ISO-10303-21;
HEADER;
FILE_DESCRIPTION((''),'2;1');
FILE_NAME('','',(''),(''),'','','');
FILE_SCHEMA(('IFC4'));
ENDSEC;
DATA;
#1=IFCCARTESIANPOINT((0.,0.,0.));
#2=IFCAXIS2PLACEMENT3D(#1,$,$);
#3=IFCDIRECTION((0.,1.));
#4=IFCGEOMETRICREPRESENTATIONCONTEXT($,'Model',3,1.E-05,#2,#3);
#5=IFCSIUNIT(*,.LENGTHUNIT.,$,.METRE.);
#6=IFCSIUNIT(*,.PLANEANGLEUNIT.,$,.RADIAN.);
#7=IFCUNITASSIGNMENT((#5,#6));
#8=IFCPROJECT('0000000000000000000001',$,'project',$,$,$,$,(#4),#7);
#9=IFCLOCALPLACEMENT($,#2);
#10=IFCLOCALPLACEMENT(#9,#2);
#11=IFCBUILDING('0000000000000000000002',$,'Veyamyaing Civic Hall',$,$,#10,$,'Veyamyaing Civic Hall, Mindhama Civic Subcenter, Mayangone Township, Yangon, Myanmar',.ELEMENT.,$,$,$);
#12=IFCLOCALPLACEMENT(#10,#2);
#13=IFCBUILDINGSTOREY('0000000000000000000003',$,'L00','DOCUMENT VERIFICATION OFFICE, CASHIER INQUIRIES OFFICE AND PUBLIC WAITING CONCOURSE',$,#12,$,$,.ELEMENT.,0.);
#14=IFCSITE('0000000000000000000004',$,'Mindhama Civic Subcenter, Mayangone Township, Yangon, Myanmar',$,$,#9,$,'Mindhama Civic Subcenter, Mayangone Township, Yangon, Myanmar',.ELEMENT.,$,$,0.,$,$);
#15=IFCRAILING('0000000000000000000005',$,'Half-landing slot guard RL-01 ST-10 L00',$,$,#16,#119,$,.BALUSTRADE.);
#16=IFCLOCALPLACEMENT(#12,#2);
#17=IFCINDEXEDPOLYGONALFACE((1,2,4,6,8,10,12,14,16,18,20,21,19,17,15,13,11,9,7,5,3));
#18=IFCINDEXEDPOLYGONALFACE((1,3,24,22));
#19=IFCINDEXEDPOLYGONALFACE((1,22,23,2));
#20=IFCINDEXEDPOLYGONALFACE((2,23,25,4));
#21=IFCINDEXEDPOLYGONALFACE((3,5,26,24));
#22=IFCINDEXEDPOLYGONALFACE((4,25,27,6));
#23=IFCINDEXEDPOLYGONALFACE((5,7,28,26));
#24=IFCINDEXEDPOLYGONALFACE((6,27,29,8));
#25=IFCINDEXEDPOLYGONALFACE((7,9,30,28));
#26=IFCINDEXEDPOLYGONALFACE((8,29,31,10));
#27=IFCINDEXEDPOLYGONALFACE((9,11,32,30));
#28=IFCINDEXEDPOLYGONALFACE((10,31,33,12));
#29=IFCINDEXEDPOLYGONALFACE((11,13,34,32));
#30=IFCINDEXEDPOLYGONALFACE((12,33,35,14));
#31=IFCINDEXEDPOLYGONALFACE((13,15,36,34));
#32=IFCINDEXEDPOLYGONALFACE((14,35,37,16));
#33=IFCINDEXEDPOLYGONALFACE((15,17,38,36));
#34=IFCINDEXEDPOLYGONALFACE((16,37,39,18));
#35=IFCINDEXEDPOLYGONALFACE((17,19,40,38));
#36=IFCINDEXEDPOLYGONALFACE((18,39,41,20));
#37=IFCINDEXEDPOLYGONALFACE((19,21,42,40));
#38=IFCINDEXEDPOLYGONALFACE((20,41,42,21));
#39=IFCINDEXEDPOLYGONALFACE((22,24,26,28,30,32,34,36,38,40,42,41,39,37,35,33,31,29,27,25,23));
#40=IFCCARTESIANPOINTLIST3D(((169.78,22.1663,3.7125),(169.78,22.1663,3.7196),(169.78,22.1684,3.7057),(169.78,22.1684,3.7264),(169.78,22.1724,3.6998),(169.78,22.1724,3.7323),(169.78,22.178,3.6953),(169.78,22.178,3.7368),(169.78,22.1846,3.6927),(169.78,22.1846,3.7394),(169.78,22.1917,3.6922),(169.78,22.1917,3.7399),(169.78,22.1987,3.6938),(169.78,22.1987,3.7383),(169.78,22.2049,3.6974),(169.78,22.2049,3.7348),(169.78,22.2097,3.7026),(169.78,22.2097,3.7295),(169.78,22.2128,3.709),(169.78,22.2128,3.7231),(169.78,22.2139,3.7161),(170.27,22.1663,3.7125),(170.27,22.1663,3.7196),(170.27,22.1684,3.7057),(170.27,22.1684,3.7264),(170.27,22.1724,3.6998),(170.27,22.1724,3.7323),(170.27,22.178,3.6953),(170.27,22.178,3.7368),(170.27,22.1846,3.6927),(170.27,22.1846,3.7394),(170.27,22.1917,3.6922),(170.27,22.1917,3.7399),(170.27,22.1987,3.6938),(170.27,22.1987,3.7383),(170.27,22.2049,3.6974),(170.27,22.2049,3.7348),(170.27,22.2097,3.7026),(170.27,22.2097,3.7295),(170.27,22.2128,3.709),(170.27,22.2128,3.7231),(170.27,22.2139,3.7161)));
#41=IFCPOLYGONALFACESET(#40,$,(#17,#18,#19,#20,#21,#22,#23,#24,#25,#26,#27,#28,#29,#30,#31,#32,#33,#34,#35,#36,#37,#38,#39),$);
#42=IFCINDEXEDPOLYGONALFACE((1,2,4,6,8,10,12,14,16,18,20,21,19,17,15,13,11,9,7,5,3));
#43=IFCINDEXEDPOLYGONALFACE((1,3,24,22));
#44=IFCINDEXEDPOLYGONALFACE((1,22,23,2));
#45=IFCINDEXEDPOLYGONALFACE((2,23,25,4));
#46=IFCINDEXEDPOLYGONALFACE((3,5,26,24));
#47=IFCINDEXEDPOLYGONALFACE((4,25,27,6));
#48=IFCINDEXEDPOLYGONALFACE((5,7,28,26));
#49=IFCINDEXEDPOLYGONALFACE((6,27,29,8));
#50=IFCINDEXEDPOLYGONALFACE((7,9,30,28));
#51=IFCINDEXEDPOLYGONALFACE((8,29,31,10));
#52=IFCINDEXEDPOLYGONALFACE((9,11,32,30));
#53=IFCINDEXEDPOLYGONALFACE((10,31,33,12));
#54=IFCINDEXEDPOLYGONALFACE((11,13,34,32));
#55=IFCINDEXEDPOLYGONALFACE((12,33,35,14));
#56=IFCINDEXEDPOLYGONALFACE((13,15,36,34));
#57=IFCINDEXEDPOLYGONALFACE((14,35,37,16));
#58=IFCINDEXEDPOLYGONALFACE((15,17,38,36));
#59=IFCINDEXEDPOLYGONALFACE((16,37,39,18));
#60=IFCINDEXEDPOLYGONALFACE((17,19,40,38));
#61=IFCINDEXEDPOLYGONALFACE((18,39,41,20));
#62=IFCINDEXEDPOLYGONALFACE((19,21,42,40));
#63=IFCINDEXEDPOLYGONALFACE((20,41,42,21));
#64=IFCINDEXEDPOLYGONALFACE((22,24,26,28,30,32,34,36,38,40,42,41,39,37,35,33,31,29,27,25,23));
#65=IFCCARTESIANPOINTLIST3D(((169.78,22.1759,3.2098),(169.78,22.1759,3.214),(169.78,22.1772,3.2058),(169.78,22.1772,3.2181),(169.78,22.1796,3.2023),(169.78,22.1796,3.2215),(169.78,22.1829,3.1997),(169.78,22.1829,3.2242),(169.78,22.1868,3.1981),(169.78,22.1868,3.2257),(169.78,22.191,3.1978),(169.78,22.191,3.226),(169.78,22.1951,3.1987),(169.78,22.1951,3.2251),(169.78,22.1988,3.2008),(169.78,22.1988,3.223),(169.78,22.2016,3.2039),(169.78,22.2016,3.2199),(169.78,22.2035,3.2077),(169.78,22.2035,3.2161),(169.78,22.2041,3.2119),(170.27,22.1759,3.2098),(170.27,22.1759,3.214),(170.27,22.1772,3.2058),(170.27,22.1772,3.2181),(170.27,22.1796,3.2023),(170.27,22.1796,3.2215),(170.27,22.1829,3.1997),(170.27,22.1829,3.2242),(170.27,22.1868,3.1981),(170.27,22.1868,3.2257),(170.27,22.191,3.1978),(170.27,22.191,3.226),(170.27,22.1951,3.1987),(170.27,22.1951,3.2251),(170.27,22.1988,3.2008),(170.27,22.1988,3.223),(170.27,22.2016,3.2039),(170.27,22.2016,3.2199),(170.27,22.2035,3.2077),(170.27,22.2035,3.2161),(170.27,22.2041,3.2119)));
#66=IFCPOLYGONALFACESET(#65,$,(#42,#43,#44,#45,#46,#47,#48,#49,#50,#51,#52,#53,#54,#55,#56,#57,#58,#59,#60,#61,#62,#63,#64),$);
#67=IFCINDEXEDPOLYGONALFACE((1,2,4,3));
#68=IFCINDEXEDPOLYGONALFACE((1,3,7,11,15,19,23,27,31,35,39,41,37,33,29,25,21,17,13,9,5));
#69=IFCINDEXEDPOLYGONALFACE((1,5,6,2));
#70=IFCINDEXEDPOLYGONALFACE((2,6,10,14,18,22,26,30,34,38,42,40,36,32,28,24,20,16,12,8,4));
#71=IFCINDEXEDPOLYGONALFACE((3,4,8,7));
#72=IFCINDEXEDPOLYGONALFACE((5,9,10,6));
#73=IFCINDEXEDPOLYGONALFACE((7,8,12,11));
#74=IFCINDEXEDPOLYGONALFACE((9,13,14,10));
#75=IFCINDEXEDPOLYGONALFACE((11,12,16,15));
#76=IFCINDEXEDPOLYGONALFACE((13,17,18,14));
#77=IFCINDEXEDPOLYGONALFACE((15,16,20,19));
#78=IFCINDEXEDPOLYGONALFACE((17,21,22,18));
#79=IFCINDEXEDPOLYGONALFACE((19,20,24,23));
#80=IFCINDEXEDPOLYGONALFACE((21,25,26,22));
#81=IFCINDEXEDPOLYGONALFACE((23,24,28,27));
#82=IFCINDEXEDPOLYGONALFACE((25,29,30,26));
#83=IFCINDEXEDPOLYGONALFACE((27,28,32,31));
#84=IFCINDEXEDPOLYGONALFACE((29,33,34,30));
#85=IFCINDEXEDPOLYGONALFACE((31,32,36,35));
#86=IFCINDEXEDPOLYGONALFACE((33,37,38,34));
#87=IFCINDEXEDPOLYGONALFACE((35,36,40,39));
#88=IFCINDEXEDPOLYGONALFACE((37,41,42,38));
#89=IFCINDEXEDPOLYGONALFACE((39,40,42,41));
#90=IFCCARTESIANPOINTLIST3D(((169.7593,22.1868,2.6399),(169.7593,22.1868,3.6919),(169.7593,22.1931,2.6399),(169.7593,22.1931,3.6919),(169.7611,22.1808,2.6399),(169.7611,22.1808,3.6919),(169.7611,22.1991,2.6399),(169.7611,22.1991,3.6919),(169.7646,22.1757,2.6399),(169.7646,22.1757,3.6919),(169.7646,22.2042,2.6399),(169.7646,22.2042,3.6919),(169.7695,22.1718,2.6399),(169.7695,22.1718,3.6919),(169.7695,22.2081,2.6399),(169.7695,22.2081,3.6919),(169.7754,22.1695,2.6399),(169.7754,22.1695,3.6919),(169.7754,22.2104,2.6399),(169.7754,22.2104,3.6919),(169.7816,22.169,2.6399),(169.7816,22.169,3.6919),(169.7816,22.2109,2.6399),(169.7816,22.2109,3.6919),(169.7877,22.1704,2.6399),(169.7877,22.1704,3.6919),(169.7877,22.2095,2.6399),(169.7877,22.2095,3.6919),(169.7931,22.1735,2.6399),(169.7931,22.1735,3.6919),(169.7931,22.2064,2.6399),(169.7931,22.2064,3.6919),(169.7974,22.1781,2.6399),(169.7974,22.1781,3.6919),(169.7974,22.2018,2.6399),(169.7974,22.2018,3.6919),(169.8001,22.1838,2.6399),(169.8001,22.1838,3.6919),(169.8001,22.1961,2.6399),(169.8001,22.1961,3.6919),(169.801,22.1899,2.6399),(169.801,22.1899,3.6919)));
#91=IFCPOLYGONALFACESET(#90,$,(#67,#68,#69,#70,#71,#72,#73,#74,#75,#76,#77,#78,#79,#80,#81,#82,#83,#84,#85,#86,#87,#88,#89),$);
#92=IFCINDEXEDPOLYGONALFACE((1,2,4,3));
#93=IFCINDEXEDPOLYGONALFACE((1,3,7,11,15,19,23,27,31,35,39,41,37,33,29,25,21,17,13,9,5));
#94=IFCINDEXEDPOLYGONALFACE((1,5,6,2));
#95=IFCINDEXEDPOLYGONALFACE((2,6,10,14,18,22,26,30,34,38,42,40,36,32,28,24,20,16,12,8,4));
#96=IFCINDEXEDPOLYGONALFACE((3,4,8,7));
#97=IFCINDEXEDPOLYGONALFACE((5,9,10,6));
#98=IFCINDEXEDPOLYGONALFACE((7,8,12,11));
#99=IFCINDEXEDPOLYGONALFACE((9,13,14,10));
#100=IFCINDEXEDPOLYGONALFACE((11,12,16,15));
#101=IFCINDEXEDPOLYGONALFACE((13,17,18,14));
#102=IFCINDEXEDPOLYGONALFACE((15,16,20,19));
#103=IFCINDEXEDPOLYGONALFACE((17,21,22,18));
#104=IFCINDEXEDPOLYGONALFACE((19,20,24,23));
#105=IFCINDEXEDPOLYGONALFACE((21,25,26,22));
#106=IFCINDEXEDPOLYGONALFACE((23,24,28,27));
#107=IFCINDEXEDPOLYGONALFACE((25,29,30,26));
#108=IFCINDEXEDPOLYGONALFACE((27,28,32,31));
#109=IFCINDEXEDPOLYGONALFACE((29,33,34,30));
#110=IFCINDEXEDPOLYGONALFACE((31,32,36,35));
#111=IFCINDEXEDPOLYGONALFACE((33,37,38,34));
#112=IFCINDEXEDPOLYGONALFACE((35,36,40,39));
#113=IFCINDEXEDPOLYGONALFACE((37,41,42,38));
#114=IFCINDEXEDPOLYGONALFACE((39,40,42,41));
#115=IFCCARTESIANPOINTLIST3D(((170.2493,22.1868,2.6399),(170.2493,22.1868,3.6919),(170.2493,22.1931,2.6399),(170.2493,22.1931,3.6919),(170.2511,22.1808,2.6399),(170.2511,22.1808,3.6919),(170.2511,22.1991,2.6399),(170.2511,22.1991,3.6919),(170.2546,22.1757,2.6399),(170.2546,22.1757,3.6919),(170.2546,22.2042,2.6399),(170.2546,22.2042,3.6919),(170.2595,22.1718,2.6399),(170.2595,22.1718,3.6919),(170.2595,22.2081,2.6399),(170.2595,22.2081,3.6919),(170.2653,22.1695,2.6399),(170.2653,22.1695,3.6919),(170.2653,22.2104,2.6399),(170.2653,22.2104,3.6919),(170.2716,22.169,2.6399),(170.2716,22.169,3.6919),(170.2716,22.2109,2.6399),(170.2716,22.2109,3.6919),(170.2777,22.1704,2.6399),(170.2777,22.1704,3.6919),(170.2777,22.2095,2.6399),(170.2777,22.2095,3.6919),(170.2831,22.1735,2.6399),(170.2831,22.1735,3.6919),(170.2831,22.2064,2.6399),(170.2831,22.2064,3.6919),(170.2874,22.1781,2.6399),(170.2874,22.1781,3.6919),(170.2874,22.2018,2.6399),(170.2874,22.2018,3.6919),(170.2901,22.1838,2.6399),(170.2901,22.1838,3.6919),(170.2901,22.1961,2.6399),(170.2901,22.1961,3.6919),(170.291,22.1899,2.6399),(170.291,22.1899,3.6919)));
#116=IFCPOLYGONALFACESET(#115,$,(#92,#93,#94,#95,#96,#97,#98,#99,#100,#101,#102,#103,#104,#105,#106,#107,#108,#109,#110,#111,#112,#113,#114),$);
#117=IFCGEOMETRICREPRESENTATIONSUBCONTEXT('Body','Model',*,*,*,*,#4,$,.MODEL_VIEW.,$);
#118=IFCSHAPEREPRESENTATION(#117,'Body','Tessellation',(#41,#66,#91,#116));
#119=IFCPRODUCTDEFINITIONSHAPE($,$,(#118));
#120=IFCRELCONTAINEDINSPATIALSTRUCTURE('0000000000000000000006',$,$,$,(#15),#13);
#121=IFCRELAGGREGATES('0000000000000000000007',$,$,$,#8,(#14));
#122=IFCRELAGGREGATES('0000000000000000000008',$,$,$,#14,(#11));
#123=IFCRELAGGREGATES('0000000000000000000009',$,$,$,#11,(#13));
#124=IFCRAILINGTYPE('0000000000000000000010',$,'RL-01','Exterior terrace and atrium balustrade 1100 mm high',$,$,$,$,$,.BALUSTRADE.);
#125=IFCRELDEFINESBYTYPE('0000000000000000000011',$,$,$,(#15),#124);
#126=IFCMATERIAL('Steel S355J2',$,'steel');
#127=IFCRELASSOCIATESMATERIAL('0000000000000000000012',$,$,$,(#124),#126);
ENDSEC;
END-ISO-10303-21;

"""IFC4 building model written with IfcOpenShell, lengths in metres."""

from ifc_helpers import new_model, si_unit, direction, frame, origin, origin_2d, place, context, subcontext, project, spatial, circle, extrude, material, type_object, element, save


model = new_model("IFC4")

# Units and contexts
model_context = context("Model", 3, precision=1e-05, world=origin(), true_north=direction((0.0, 1.0)))
body_context = subcontext(model_context, "Body", "Model", "MODEL_VIEW")
ifc_project = project(units=[si_unit("LENGTHUNIT", "METRE"), si_unit("PLANEANGLEUNIT", "RADIAN")], contexts=[model_context])

# Site, building, storey
site_placement = place(None, origin())
site = spatial("IfcSite", under=ifc_project, at=site_placement, Name="Mindhama Civic Subcenter, Mayangone Township, Yangon, Myanmar", LongName="Mindhama Civic Subcenter, Mayangone Township, Yangon, Myanmar", CompositionType="ELEMENT", RefElevation=0.0)
building_placement = place(site_placement, origin())
building = spatial("IfcBuilding", under=site, at=building_placement, Name="Veyamyaing Civic Hall", LongName="Veyamyaing Civic Hall, Mindhama Civic Subcenter, Mayangone Township, Yangon, Myanmar", CompositionType="ELEMENT")
storey_placement = place(building_placement, origin())
storey = spatial("IfcBuildingStorey", under=building, at=storey_placement, Name="L00", Description="DOCUMENT VERIFICATION OFFICE, CASHIER INQUIRIES OFFICE AND PUBLIC WAITING CONCOURSE", CompositionType="ELEMENT", Elevation=0.0)

# Railing
ifc_material_1 = material(Name="Steel S355J2", Category="steel")
railing_type_1 = type_object("IfcRailingType", Name="RL-01", Description="Exterior terrace and atrium balustrade 1100 mm high", PredefinedType="BALUSTRADE", material=ifc_material_1)
railing_1_placement = place(storey_placement, frame((169.78, 22.1899, 2.6399)))
element("IfcRailing", 1, at=railing_1_placement, inside=storey, type_object=railing_type_1, Name="Half-landing slot guard RL-01 ST-10 L00", PredefinedType="BALUSTRADE", context=body_context, shape_type="SweptSolid", body=[
    extrude(circle(Radius=0.0239, at=origin_2d()), frame((0.0, 0.0, 1.0762), z_axis=(1.0, 0.0, 0.0), x_axis=(0.0, 1.0, 0.0)), (0.0, 0.0, 1.0), 0.49),
    extrude(circle(Radius=0.0142, at=origin_2d()), frame((0.0, 0.0, 0.572), z_axis=(1.0, 0.0, 0.0), x_axis=(0.0, 1.0, 0.0)), (0.0, 0.0, 1.0), 0.49),
    extrude(circle(Radius=0.021, at=origin_2d()), origin(), (0.0, 0.0, 1.0), 1.052),
    extrude(circle(Radius=0.021, at=origin_2d()), frame((0.49, 0.0, 0.0)), (0.0, 0.0, 1.0), 1.052),
])

save(model, "model.ifc")
